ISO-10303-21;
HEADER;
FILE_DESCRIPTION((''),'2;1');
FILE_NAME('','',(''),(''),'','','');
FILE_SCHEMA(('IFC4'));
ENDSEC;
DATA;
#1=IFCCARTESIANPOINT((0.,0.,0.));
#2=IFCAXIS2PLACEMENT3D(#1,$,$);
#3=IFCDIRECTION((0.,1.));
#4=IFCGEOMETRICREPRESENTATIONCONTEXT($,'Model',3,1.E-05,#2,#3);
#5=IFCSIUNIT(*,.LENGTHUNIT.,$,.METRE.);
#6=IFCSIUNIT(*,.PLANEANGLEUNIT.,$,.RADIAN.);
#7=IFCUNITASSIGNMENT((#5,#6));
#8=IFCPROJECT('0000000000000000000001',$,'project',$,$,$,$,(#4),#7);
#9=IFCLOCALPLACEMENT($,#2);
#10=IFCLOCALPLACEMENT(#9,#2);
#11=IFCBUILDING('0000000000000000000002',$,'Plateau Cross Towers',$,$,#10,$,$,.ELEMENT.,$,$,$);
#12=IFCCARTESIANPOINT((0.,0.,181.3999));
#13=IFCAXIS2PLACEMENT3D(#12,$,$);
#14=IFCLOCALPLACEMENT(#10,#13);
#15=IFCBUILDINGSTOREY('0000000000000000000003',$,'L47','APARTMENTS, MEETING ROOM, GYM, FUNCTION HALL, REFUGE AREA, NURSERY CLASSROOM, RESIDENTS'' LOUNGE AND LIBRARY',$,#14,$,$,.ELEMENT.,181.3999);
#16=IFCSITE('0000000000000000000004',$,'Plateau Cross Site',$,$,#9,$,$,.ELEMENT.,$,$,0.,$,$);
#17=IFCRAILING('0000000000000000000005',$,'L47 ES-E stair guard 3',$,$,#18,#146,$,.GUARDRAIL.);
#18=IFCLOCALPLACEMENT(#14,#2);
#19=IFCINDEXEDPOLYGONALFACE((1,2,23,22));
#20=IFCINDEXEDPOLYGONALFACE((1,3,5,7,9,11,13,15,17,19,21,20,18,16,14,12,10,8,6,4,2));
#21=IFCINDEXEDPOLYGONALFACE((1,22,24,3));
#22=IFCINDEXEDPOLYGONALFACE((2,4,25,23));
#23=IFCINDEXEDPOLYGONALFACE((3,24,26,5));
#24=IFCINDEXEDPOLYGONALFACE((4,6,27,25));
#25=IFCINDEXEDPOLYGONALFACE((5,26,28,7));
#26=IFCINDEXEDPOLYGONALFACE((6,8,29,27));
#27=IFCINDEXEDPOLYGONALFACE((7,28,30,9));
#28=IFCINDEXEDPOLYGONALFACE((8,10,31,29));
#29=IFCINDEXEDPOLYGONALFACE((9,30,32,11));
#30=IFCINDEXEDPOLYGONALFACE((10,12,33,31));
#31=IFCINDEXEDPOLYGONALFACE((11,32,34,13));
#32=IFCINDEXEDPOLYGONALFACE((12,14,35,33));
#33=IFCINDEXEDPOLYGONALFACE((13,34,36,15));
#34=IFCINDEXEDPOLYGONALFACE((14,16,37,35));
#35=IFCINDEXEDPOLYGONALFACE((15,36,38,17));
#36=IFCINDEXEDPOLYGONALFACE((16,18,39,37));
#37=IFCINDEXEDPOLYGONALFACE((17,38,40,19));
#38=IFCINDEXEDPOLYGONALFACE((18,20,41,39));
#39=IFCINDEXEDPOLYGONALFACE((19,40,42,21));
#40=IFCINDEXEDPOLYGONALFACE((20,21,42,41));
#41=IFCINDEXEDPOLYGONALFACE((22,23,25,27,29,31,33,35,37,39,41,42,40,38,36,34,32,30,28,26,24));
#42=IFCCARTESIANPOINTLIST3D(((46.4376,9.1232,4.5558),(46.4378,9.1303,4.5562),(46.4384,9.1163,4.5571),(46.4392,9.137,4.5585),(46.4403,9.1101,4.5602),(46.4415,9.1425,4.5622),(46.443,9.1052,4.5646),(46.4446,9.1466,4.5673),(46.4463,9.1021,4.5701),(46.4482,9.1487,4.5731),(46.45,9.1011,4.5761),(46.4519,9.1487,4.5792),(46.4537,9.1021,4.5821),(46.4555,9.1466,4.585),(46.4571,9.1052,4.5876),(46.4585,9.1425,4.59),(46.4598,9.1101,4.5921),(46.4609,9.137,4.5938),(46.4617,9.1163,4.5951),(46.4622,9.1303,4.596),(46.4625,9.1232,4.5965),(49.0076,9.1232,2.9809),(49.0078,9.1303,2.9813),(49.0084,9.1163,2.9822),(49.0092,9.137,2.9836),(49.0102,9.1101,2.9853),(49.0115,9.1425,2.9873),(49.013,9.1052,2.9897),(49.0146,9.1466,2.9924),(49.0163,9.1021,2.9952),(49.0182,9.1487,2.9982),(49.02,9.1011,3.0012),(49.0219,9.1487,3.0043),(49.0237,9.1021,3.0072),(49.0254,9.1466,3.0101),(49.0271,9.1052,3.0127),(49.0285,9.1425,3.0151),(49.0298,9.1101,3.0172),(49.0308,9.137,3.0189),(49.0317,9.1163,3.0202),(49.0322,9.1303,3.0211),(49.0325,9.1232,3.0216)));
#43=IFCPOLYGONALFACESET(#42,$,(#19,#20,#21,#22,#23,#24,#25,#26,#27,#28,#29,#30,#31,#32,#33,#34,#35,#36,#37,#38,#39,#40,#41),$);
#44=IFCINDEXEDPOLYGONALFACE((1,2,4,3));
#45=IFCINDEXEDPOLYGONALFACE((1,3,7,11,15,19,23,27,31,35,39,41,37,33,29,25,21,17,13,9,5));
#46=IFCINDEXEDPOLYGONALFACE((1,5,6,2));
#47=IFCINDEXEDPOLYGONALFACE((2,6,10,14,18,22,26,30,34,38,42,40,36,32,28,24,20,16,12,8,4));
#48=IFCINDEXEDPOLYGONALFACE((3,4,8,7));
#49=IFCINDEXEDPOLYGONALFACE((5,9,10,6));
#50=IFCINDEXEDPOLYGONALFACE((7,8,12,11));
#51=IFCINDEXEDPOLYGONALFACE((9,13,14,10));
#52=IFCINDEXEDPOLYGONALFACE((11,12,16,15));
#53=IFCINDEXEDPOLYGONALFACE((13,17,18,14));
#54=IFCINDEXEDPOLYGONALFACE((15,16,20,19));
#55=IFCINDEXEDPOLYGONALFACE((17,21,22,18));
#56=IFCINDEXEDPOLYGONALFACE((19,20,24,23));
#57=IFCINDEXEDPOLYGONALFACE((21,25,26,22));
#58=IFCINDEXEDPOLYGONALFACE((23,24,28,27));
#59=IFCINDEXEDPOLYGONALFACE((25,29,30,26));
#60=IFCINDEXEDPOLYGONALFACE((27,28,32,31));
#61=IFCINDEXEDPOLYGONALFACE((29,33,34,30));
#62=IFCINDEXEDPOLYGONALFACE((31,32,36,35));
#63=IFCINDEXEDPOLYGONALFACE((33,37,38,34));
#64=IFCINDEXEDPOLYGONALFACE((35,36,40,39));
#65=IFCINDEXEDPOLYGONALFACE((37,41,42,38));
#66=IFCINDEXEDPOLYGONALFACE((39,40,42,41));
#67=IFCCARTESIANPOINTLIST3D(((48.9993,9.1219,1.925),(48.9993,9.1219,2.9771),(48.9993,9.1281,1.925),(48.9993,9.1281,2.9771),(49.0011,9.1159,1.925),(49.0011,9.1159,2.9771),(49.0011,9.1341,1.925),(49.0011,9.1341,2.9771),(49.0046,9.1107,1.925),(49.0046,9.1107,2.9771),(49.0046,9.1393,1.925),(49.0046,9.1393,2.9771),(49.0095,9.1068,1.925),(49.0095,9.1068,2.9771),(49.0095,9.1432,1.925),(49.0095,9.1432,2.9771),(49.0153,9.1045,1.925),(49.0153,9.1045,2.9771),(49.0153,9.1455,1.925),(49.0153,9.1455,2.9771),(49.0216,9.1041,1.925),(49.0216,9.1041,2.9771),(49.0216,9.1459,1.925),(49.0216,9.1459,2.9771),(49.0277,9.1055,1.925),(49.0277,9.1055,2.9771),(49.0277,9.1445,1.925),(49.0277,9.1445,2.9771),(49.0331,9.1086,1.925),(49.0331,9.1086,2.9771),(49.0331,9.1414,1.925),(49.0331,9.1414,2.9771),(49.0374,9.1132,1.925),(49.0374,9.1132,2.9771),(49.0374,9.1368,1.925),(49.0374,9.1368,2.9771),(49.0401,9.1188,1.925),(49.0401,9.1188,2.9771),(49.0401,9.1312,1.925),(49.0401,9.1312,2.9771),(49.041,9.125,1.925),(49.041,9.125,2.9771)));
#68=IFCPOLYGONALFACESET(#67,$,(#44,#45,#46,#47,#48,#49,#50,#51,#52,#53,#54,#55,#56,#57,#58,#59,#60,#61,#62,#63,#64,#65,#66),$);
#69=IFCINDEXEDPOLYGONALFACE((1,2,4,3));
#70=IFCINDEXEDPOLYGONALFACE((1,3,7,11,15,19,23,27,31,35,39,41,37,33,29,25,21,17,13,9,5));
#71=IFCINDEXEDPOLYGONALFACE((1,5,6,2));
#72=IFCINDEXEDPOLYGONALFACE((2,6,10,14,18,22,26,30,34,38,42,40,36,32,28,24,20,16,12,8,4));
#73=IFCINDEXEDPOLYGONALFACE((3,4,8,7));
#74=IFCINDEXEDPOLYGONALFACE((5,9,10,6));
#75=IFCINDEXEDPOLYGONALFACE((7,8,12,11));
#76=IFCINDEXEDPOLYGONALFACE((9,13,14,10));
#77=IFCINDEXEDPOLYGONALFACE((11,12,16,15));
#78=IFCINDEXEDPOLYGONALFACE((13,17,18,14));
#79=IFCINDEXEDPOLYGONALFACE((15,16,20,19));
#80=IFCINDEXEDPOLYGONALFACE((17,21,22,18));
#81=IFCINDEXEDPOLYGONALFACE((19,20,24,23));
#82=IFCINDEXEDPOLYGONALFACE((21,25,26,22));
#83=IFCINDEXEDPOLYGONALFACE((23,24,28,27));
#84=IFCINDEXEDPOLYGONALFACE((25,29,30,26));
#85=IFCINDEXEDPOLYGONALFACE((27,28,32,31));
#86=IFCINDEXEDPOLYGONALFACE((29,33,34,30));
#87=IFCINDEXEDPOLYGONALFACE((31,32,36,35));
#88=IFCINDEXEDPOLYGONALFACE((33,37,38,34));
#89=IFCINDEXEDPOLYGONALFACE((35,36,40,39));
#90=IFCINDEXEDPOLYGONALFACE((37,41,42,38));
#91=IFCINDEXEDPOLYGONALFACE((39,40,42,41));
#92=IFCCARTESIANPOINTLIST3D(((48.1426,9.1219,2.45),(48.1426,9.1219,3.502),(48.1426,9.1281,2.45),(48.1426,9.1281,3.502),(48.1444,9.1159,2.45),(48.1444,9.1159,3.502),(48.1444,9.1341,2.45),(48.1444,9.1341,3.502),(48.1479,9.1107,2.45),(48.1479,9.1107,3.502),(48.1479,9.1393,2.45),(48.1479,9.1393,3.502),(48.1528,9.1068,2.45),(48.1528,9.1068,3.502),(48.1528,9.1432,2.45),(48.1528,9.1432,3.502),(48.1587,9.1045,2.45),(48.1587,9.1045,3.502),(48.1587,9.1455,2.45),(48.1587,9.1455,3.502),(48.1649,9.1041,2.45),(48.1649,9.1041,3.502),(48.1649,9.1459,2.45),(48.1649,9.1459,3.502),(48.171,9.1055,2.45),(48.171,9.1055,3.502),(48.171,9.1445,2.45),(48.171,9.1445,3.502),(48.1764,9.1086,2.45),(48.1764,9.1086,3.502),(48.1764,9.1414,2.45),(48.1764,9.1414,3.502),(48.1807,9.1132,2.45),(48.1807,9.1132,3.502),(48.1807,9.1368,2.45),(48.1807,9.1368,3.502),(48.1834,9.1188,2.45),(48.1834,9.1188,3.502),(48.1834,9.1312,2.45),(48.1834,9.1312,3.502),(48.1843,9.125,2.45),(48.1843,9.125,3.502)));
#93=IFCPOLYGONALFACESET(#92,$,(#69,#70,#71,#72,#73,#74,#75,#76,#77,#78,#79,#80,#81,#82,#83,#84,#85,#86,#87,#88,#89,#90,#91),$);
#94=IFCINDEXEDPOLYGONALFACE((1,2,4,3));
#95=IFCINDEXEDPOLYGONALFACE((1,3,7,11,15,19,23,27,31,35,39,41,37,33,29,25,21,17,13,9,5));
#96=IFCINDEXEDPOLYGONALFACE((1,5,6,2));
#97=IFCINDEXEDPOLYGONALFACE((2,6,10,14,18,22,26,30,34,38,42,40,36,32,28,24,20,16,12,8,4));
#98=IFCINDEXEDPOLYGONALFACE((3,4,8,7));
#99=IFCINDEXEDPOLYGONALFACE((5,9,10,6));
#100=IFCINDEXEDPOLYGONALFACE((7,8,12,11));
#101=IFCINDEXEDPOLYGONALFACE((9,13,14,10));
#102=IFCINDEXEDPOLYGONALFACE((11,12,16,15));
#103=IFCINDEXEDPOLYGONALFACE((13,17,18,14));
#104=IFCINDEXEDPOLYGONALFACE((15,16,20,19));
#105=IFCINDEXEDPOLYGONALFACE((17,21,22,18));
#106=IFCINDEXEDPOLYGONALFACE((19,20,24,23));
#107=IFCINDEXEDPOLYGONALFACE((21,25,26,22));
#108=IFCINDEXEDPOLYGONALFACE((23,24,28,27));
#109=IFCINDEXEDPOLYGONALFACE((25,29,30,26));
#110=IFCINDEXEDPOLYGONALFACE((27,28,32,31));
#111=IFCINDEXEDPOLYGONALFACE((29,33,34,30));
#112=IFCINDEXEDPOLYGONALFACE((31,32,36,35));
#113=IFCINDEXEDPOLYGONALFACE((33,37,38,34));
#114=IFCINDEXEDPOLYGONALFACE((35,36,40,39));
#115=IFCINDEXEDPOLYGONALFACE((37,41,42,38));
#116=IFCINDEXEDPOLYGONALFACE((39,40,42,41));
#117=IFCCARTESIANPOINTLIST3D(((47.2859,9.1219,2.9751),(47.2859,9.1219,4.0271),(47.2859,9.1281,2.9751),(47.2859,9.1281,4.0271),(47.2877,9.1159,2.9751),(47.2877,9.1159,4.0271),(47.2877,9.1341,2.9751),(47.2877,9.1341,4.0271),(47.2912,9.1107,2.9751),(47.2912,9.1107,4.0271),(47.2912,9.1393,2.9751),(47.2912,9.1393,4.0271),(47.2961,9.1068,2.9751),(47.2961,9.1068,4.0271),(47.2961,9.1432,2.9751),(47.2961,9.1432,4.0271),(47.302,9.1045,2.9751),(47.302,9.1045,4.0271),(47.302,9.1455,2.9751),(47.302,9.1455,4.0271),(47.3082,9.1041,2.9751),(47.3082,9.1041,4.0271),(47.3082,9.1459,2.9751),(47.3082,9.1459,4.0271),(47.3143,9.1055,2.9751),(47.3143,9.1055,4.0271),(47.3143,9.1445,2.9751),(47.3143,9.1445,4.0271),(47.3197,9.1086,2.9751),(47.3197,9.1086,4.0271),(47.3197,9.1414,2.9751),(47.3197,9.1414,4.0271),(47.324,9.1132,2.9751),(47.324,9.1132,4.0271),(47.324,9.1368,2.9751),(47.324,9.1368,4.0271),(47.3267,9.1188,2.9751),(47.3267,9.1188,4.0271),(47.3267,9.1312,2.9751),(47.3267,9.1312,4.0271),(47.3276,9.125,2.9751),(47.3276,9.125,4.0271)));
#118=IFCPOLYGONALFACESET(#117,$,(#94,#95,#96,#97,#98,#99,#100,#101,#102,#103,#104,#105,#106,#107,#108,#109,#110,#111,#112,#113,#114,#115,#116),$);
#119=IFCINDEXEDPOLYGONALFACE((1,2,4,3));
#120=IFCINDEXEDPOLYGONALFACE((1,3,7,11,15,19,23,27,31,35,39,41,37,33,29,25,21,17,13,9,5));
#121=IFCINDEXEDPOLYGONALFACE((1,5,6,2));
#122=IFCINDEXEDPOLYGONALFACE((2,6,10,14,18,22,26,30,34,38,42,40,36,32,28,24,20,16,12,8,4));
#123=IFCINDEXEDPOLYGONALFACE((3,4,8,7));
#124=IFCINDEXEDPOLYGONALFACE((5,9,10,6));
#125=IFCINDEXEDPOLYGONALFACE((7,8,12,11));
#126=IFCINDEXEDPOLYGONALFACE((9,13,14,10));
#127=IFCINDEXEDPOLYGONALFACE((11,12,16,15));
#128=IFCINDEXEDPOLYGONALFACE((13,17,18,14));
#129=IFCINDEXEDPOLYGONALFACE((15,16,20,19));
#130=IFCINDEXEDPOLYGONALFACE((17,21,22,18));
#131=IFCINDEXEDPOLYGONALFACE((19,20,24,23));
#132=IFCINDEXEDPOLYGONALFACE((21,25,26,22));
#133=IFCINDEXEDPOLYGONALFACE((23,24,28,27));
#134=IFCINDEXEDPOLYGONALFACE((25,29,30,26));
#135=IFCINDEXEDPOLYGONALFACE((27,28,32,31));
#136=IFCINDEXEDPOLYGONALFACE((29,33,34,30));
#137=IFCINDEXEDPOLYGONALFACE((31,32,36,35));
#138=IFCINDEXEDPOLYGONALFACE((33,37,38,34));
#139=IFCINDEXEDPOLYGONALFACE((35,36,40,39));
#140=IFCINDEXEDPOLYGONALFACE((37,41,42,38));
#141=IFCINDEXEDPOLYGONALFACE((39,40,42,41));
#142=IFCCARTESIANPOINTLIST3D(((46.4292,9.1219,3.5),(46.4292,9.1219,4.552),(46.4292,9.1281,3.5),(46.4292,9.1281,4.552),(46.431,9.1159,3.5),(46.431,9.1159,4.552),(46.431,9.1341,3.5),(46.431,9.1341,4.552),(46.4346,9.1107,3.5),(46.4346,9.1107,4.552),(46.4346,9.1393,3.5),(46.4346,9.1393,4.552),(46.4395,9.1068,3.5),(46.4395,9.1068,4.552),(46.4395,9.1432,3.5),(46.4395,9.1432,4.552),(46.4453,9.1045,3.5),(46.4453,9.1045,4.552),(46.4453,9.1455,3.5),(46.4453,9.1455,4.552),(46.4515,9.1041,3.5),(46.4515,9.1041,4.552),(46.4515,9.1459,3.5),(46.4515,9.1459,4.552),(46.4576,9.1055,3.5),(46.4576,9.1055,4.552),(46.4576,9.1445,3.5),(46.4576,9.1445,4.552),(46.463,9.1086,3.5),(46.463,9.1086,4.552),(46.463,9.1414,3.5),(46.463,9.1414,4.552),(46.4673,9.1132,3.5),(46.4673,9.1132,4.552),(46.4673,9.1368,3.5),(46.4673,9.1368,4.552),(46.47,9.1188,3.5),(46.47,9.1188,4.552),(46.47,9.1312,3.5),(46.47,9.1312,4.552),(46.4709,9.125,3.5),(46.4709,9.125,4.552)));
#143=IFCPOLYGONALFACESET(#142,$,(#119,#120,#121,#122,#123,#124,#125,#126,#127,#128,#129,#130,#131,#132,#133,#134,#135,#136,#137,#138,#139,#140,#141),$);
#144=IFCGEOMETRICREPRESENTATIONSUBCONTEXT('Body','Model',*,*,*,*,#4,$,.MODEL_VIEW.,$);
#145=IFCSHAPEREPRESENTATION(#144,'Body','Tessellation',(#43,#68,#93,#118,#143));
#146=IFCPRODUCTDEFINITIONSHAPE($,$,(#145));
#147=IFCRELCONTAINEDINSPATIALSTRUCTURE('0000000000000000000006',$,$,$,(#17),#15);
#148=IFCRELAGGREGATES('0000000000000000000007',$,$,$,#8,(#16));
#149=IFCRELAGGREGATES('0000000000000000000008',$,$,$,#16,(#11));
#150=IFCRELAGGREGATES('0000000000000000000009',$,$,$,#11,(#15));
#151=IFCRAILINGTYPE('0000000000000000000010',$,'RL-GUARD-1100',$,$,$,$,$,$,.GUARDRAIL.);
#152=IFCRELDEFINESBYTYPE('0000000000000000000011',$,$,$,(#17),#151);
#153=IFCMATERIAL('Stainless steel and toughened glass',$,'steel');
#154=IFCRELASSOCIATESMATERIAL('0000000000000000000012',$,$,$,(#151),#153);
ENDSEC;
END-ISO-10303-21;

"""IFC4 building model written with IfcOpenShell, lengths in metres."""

from ifc_helpers import new_model, si_unit, direction, frame, origin, origin_2d, place, context, subcontext, project, spatial, circle, extrude, material, type_object, element, save


model = new_model("IFC4")

# Units and contexts
model_context = context("Model", 3, precision=1e-05, world=origin(), true_north=direction((0.0, 1.0)))
body_context = subcontext(model_context, "Body", "Model", "MODEL_VIEW")
ifc_project = project(units=[si_unit("LENGTHUNIT", "METRE"), si_unit("PLANEANGLEUNIT", "RADIAN")], contexts=[model_context])

# Site, building, storey
site_placement = place(None, origin())
site = spatial("IfcSite", under=ifc_project, at=site_placement, Name="Plateau Cross Site", CompositionType="ELEMENT", RefElevation=0.0)
building_placement = place(site_placement, origin())
building = spatial("IfcBuilding", under=site, at=building_placement, Name="Plateau Cross Towers", CompositionType="ELEMENT")
storey_placement = place(building_placement, frame((0.0, 0.0, 181.3999)))
storey = spatial("IfcBuildingStorey", under=building, at=storey_placement, Name="L47", Description="APARTMENTS, MEETING ROOM, GYM, FUNCTION HALL, REFUGE AREA, NURSERY CLASSROOM, RESIDENTS' LOUNGE AND LIBRARY", CompositionType="ELEMENT", Elevation=181.3999)

# Railing
ifc_material_1 = material(Name="Stainless steel and toughened glass", Category="steel")
railing_type_1 = type_object("IfcRailingType", Name="RL-GUARD-1100", PredefinedType="GUARDRAIL", material=ifc_material_1)
railing_1_placement = place(storey_placement, frame((49.02, 9.125, 1.925)))
element("IfcRailing", 1, at=railing_1_placement, inside=storey, type_object=railing_type_1, Name="L47 ES-E stair guard 3", PredefinedType="GUARDRAIL", context=body_context, shape_type="SweptSolid", body=[
    extrude(circle(Radius=0.0239, at=origin_2d()), frame((0.0, 0.0, 1.0762), z_axis=(-0.852639, 0.0, 0.522501), x_axis=(0.0, -1.0, 0.0)), (0.0, 0.0, 1.0), 3.0142),
    extrude(circle(Radius=0.021, at=origin_2d()), origin(), (0.0, 0.0, 1.0), 1.052),
    extrude(circle(Radius=0.021, at=origin_2d()), frame((-0.8567, 0.0, 0.5249)), (0.0, 0.0, 1.0), 1.052),
    extrude(circle(Radius=0.021, at=origin_2d()), frame((-1.7134, 0.0, 1.05)), (0.0, 0.0, 1.0), 1.052),
    extrude(circle(Radius=0.021, at=origin_2d()), frame((-2.5701, 0.0, 1.575)), (0.0, 0.0, 1.0), 1.052),
])

save(model, "model.ifc")
